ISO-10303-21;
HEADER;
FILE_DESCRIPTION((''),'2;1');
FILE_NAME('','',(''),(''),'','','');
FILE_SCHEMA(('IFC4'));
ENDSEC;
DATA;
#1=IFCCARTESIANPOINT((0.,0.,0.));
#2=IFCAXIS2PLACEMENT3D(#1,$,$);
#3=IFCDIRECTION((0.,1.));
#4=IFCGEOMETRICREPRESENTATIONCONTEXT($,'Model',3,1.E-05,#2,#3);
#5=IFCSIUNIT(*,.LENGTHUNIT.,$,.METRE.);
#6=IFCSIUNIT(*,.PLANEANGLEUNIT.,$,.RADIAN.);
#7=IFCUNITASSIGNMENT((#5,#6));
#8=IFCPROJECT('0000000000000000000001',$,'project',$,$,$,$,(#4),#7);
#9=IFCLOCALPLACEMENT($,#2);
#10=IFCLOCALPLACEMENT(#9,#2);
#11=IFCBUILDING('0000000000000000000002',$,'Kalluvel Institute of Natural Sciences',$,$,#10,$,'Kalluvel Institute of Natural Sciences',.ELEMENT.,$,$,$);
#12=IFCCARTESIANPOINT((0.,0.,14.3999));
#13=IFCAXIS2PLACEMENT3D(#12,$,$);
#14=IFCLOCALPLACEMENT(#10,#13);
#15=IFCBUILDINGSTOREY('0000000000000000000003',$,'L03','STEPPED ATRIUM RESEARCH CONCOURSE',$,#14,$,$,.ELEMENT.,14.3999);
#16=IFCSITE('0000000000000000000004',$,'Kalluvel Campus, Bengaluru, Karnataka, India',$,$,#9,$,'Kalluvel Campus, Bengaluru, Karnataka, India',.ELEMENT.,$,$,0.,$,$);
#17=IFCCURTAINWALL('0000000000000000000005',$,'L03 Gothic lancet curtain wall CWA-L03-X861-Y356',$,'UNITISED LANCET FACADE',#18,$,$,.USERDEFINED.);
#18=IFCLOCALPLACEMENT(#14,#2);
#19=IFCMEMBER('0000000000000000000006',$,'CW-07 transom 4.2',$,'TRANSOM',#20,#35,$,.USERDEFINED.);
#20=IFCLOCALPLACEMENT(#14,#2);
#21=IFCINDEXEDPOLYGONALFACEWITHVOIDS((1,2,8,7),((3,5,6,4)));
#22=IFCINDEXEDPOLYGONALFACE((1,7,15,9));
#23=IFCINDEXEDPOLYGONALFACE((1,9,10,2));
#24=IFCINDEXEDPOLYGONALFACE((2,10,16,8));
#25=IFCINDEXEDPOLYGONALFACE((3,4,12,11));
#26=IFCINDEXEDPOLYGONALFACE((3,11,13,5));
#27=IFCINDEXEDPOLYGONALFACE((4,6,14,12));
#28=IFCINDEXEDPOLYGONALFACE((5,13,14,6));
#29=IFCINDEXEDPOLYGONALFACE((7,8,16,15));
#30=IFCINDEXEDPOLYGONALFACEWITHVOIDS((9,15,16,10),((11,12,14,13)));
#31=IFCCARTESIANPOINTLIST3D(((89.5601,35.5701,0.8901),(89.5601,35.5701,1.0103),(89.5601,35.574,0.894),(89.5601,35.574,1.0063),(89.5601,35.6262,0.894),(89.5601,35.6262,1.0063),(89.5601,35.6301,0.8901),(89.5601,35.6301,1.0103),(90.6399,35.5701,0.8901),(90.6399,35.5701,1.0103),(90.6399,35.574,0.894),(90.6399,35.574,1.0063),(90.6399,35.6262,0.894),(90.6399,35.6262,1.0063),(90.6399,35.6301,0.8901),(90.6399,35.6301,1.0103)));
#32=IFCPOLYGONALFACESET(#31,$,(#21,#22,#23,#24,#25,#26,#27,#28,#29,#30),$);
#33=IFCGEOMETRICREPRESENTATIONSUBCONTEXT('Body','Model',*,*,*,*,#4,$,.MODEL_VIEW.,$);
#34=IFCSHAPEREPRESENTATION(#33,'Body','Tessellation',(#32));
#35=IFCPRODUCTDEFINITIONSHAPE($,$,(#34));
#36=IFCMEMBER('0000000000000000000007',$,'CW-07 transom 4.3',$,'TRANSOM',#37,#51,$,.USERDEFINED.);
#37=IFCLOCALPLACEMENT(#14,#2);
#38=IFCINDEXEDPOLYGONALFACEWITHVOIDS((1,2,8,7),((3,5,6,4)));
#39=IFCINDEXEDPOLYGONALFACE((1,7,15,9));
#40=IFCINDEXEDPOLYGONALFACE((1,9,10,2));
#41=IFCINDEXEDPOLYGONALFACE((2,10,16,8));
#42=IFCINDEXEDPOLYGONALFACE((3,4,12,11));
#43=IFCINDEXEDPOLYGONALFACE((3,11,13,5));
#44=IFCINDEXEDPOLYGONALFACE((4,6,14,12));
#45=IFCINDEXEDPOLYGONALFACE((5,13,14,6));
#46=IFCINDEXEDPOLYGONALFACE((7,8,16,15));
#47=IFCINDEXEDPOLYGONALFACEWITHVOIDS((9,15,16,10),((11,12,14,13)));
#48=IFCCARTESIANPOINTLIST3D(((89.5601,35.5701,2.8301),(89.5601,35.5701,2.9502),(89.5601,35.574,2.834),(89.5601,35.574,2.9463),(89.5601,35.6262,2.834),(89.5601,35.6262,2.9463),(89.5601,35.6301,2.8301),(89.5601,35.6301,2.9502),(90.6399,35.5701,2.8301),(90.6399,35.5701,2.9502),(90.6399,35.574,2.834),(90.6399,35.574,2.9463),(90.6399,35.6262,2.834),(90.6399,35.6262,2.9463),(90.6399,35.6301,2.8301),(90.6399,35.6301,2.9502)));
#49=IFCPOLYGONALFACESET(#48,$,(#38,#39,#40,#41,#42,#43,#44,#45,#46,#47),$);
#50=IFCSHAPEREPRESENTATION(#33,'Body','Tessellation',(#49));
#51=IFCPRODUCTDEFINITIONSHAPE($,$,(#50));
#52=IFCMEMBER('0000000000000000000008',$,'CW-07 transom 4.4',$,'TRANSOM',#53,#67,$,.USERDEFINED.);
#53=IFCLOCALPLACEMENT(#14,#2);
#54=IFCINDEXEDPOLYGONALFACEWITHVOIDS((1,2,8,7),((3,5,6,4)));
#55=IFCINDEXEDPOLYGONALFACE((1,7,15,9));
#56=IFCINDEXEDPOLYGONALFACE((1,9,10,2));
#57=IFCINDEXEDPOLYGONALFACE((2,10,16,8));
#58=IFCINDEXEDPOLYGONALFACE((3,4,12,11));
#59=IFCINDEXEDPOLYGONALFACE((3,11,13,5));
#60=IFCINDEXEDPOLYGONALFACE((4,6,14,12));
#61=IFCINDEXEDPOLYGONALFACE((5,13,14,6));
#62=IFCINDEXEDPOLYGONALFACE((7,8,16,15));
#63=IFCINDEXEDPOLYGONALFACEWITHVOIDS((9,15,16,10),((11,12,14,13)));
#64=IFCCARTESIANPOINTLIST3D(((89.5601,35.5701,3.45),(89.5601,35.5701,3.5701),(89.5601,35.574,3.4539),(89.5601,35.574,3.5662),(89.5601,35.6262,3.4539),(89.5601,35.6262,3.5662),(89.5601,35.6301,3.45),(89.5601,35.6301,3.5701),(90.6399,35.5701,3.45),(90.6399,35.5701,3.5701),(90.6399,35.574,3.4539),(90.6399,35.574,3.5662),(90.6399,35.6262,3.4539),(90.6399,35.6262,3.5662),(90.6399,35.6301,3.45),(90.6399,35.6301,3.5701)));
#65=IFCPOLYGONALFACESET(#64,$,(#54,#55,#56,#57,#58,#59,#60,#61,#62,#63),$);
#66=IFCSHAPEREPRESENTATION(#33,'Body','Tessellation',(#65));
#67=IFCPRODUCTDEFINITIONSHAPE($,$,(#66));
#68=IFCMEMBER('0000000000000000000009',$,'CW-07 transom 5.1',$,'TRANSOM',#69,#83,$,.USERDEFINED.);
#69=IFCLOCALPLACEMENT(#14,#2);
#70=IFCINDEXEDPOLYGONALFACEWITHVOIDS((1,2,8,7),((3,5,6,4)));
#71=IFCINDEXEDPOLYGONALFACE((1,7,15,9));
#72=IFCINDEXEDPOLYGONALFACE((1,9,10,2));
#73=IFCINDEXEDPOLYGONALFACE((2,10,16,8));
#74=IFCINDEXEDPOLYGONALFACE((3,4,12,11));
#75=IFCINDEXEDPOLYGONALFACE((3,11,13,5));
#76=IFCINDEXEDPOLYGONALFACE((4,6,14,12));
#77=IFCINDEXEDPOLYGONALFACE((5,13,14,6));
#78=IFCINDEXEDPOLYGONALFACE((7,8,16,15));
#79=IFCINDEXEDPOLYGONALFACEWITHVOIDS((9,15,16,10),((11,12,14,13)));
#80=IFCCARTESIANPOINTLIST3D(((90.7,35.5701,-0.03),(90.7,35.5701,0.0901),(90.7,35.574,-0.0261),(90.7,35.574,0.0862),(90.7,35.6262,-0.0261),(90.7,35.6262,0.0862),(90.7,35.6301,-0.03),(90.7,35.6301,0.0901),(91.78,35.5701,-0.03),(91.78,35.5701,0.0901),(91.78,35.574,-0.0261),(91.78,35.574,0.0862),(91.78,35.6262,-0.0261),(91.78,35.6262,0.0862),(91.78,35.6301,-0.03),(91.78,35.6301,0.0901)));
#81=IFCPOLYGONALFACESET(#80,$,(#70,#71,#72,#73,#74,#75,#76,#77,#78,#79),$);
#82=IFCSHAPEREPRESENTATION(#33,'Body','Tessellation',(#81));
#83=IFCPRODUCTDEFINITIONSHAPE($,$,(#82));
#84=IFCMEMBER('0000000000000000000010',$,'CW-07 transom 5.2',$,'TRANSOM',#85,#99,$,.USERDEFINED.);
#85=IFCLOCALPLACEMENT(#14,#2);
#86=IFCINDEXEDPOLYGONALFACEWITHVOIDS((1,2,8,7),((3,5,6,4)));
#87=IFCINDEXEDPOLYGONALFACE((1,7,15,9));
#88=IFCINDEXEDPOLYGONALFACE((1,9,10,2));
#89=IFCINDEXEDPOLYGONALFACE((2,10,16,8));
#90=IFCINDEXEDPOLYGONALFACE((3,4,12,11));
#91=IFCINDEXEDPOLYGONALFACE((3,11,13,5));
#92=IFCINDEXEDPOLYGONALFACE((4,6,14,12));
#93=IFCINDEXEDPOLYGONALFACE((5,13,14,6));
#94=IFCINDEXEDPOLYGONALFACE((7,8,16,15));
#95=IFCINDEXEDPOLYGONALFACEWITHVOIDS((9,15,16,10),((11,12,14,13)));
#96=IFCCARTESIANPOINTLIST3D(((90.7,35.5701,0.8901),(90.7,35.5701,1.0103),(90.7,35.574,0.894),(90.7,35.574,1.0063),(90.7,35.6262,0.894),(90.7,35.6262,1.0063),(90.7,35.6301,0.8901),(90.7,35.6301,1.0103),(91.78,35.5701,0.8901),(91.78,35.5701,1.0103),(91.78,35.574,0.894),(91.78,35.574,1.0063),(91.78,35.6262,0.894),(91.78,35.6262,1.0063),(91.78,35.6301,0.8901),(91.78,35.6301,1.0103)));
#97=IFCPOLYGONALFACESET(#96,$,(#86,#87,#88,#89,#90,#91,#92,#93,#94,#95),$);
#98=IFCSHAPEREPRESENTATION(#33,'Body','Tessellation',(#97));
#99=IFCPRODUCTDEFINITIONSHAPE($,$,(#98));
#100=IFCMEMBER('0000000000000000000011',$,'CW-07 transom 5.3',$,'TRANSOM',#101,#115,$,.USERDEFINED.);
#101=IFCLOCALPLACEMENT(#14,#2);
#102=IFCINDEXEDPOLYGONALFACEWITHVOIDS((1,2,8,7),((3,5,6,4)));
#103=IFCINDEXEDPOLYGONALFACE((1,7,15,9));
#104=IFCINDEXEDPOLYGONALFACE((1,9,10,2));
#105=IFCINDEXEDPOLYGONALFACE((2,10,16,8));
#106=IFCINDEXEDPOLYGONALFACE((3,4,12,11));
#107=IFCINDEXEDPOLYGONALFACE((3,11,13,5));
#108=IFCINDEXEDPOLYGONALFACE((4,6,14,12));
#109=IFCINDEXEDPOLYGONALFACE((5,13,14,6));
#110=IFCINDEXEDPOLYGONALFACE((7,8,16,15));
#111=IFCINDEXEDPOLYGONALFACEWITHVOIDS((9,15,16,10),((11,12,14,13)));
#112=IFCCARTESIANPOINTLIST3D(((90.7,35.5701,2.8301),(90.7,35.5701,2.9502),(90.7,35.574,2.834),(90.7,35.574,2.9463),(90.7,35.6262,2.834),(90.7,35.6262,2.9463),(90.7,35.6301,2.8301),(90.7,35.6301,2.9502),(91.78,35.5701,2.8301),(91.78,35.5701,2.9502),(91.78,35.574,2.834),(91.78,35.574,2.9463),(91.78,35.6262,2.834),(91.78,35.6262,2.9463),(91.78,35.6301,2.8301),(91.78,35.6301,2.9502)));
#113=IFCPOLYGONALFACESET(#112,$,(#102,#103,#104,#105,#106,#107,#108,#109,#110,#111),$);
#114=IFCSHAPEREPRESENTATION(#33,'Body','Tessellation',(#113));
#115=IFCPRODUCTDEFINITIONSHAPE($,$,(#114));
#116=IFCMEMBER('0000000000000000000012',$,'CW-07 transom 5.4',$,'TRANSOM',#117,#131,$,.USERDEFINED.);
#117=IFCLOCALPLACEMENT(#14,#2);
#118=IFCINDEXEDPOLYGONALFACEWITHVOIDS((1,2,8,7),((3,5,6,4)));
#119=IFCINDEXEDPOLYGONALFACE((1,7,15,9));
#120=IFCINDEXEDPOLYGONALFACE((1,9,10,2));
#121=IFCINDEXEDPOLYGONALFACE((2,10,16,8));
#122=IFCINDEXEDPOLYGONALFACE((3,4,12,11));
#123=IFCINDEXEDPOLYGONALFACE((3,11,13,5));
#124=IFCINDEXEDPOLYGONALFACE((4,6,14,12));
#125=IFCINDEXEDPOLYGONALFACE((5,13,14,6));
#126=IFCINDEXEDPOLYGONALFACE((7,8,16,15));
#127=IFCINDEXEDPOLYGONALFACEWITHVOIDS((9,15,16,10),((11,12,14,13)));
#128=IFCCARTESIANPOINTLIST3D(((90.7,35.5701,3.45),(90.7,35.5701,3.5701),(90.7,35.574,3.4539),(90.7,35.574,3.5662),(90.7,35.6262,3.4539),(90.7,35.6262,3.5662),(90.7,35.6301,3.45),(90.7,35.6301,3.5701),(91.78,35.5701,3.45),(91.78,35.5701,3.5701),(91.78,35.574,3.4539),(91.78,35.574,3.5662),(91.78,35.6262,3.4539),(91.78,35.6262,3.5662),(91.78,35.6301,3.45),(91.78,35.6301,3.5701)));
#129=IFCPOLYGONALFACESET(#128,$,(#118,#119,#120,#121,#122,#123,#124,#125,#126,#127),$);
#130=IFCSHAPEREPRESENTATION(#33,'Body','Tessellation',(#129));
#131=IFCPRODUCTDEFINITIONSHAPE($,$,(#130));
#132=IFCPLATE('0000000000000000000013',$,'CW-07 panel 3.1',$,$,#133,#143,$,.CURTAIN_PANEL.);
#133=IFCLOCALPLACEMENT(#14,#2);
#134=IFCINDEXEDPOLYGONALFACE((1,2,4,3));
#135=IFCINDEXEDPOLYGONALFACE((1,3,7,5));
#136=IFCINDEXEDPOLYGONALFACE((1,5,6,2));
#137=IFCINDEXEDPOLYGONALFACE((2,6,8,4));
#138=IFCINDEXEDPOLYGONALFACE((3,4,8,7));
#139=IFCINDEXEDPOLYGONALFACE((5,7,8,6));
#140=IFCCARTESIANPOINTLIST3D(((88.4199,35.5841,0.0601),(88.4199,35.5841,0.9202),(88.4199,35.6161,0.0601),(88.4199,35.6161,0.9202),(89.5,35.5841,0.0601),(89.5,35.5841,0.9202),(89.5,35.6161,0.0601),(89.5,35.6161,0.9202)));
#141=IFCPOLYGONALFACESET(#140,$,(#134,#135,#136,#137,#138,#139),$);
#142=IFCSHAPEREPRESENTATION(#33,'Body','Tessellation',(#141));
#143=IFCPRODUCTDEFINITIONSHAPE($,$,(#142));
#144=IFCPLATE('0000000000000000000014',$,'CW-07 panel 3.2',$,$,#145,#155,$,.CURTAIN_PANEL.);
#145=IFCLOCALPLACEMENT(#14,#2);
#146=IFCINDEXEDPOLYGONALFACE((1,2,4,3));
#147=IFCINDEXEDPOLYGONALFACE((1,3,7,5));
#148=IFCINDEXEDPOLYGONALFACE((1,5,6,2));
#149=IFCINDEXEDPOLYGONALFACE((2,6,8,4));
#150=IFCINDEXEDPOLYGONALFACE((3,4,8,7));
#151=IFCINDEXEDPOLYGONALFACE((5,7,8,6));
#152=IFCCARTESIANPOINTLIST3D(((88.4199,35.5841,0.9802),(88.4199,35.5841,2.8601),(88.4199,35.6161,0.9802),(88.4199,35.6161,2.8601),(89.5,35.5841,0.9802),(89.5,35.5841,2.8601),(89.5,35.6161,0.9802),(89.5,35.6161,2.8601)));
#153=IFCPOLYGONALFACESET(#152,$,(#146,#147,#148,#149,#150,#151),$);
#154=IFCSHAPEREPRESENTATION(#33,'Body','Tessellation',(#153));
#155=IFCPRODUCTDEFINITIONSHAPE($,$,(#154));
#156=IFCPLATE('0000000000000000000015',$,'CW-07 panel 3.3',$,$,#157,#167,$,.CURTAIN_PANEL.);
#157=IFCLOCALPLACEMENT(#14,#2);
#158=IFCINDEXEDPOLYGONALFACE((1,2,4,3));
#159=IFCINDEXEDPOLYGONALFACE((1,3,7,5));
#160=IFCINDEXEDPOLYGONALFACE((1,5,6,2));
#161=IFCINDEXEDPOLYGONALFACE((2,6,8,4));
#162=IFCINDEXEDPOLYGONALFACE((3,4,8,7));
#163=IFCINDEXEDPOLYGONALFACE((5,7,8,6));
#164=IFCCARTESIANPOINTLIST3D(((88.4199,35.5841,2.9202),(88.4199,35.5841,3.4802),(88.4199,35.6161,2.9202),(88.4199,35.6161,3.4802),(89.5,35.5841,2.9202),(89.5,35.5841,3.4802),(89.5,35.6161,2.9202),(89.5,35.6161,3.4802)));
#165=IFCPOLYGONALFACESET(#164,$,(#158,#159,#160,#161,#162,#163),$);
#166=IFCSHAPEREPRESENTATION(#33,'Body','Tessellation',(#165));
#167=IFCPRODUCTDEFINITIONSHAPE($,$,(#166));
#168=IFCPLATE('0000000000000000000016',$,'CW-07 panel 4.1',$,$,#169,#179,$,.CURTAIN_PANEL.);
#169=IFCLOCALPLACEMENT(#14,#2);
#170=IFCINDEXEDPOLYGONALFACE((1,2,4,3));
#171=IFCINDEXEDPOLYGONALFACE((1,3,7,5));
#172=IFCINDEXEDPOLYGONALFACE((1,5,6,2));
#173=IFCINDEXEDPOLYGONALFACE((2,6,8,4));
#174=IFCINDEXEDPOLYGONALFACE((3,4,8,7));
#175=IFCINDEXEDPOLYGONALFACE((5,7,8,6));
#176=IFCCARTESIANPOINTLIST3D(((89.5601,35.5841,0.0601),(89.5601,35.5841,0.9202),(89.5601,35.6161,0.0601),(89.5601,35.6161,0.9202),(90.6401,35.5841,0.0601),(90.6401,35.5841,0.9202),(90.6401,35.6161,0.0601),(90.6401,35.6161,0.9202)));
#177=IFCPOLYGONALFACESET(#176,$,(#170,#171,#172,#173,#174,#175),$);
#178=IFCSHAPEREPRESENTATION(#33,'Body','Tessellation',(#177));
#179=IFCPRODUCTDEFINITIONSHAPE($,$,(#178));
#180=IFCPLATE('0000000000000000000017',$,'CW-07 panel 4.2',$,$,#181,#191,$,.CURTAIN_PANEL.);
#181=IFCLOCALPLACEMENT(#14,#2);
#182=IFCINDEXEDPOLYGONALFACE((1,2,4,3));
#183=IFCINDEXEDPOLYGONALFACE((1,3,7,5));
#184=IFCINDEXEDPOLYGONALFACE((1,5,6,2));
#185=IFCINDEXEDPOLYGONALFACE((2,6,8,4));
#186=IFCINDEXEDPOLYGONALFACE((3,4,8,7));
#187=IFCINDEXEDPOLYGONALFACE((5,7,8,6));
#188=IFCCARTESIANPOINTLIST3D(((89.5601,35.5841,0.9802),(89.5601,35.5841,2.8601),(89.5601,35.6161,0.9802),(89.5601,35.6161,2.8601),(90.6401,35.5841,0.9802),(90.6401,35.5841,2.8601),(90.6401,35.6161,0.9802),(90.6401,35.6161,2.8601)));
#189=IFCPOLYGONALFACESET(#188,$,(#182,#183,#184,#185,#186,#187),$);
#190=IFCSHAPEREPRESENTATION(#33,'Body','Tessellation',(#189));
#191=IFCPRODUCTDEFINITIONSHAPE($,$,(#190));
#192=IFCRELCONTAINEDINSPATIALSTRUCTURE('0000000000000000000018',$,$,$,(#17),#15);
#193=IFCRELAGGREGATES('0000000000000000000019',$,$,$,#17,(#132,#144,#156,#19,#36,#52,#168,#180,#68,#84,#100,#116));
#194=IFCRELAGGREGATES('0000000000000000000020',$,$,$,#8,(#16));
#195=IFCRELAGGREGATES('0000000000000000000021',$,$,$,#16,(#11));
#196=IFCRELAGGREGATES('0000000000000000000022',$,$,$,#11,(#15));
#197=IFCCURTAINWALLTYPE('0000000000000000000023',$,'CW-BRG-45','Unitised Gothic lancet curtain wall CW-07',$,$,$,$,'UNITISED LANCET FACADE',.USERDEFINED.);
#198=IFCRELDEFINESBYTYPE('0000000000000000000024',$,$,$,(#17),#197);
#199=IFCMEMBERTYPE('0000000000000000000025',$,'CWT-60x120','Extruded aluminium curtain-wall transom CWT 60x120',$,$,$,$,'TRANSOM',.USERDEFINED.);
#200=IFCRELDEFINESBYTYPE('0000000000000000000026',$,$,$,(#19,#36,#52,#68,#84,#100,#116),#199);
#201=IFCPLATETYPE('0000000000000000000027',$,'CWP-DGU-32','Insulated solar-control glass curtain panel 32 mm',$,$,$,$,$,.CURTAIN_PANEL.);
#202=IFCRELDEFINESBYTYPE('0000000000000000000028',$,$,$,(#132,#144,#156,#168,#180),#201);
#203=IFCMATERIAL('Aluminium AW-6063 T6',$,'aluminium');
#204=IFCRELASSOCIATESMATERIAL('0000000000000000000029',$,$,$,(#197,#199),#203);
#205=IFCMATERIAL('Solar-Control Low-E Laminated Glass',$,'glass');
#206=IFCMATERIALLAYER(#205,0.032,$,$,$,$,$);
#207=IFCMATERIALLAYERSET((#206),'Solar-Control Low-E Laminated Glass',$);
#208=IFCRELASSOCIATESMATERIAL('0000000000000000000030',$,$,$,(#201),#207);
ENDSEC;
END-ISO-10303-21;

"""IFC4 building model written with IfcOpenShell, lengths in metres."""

from ifc_helpers import new_model, si_unit, direction, frame, origin, origin_2d, place, context, subcontext, project, spatial, rectangle, hollow_rectangle, extrude, material, layer, layer_set, material_profile, profile_set, type_object, element, aggregate, save


model = new_model("IFC4")

# Units and contexts
model_context = context("Model", 3, precision=1e-05, world=origin(), true_north=direction((0.0, 1.0)))
body_context = subcontext(model_context, "Body", "Model", "MODEL_VIEW")
ifc_project = project(units=[si_unit("LENGTHUNIT", "METRE"), si_unit("PLANEANGLEUNIT", "RADIAN")], contexts=[model_context])

# Site, building, storey
site_placement = place(None, origin())
site = spatial("IfcSite", under=ifc_project, at=site_placement, Name="Kalluvel Campus, Bengaluru, Karnataka, India", LongName="Kalluvel Campus, Bengaluru, Karnataka, India", CompositionType="ELEMENT", RefElevation=0.0)
building_placement = place(site_placement, origin())
building = spatial("IfcBuilding", under=site, at=building_placement, Name="Kalluvel Institute of Natural Sciences", LongName="Kalluvel Institute of Natural Sciences", CompositionType="ELEMENT")
storey_placement = place(building_placement, frame((0.0, 0.0, 14.3999)))
storey = spatial("IfcBuildingStorey", under=building, at=storey_placement, Name="L03", Description="STEPPED ATRIUM RESEARCH CONCOURSE", CompositionType="ELEMENT", Elevation=14.3999)

# Curtain wall, members, plates
ifc_material_1 = material(Name="Aluminium AW-6063 T6", Category="aluminium")
curtain_wall_type = type_object("IfcCurtainWallType", Name="CW-BRG-45", Description="Unitised Gothic lancet curtain wall CW-07", ElementType="UNITISED LANCET FACADE", PredefinedType="USERDEFINED", material=ifc_material_1)
curtain_wall_placement = place(storey_placement, origin())
curtain_wall = element("IfcCurtainWall", 1, at=curtain_wall_placement, inside=storey, type_object=curtain_wall_type, Name="L03 Gothic lancet curtain wall CWA-L03-X861-Y356", ObjectType="UNITISED LANCET FACADE", PredefinedType="USERDEFINED")
ifc_material_profile_1 = material_profile(ifc_material_1, hollow_rectangle(XDim=0.0601, YDim=0.1201, WallThickness=0.0039, at=origin_2d()), Name="CWT 60x120")
ifc_profile_set_1 = profile_set([ifc_material_profile_1], Name="Aluminium AW-6063 T6")
member_type_1 = type_object("IfcMemberType", Name="CWT-60x120", Description="Extruded aluminium curtain-wall transom CWT 60x120", ElementType="TRANSOM", PredefinedType="USERDEFINED", material=ifc_profile_set_1)
member_1_placement = place(storey_placement, frame((89.5601, 35.6001, 0.9502), z_axis=(1.0, 0.0, 0.0), x_axis=(0.0, 1.0, 0.0)))
member_1 = element("IfcMember", 2, at=member_1_placement, type_object=member_type_1, Name="CW-07 transom 4.2", ObjectType="TRANSOM", PredefinedType="USERDEFINED", context=body_context, shape_type="SweptSolid", body=[
    extrude(hollow_rectangle(XDim=0.0601, YDim=0.1201, WallThickness=0.0039, at=origin_2d()), origin(), (0.0, 0.0, 1.0), 1.0798),
])
member_2_placement = place(storey_placement, frame((89.5601, 35.6001, 2.8901), z_axis=(1.0, 0.0, 0.0), x_axis=(0.0, 1.0, 0.0)))
member_2 = element("IfcMember", 3, at=member_2_placement, type_object=member_type_1, Name="CW-07 transom 4.3", ObjectType="TRANSOM", PredefinedType="USERDEFINED", context=body_context, shape_type="SweptSolid", body=[
    extrude(hollow_rectangle(XDim=0.0601, YDim=0.1201, WallThickness=0.0039, at=origin_2d()), origin(), (0.0, 0.0, 1.0), 1.0798),
])
member_3_placement = place(storey_placement, frame((89.5601, 35.6001, 3.51), z_axis=(1.0, 0.0, 0.0), x_axis=(0.0, 1.0, 0.0)))
member_3 = element("IfcMember", 4, at=member_3_placement, type_object=member_type_1, Name="CW-07 transom 4.4", ObjectType="TRANSOM", PredefinedType="USERDEFINED", context=body_context, shape_type="SweptSolid", body=[
    extrude(hollow_rectangle(XDim=0.0601, YDim=0.1201, WallThickness=0.0039, at=origin_2d()), origin(), (0.0, 0.0, 1.0), 1.0798),
])
member_4_placement = place(storey_placement, frame((90.7, 35.6001, 0.03), z_axis=(1.0, 0.0, 0.0), x_axis=(0.0, 1.0, 0.0)))
member_4 = element("IfcMember", 5, at=member_4_placement, type_object=member_type_1, Name="CW-07 transom 5.1", ObjectType="TRANSOM", PredefinedType="USERDEFINED", context=body_context, shape_type="SweptSolid", body=[
    extrude(hollow_rectangle(XDim=0.0601, YDim=0.1201, WallThickness=0.0039, at=origin_2d()), origin(), (0.0, 0.0, 1.0), 1.0801),
])
member_5_placement = place(storey_placement, frame((90.7, 35.6001, 0.9502), z_axis=(1.0, 0.0, 0.0), x_axis=(0.0, 1.0, 0.0)))
member_5 = element("IfcMember", 6, at=member_5_placement, type_object=member_type_1, Name="CW-07 transom 5.2", ObjectType="TRANSOM", PredefinedType="USERDEFINED", context=body_context, shape_type="SweptSolid", body=[
    extrude(hollow_rectangle(XDim=0.0601, YDim=0.1201, WallThickness=0.0039, at=origin_2d()), origin(), (0.0, 0.0, 1.0), 1.0801),
])
member_6_placement = place(storey_placement, frame((90.7, 35.6001, 2.8901), z_axis=(1.0, 0.0, 0.0), x_axis=(0.0, 1.0, 0.0)))
member_6 = element("IfcMember", 7, at=member_6_placement, type_object=member_type_1, Name="CW-07 transom 5.3", ObjectType="TRANSOM", PredefinedType="USERDEFINED", context=body_context, shape_type="SweptSolid", body=[
    extrude(hollow_rectangle(XDim=0.0601, YDim=0.1201, WallThickness=0.0039, at=origin_2d()), origin(), (0.0, 0.0, 1.0), 1.0801),
])
member_7_placement = place(storey_placement, frame((90.7, 35.6001, 3.51), z_axis=(1.0, 0.0, 0.0), x_axis=(0.0, 1.0, 0.0)))
member_7 = element("IfcMember", 8, at=member_7_placement, type_object=member_type_1, Name="CW-07 transom 5.4", ObjectType="TRANSOM", PredefinedType="USERDEFINED", context=body_context, shape_type="SweptSolid", body=[
    extrude(hollow_rectangle(XDim=0.0601, YDim=0.1201, WallThickness=0.0039, at=origin_2d()), origin(), (0.0, 0.0, 1.0), 1.0801),
])
ifc_material_2 = material(Name="Solar-Control Low-E Laminated Glass", Category="glass")
ifc_layer_1 = layer(ifc_material_2, 0.032)
ifc_layer_set_1 = layer_set([ifc_layer_1], Name="Solar-Control Low-E Laminated Glass")
plate_type_1 = type_object("IfcPlateType", Name="CWP-DGU-32", Description="Insulated solar-control glass curtain panel 32 mm", PredefinedType="CURTAIN_PANEL", material=ifc_layer_set_1)
plate_1_placement = place(storey_placement, frame((88.96, 35.6001, 0.0601), z_axis=(0.0, 0.0, 1.0), x_axis=(1.0, 0.0, 0.0)))
plate_1 = element("IfcPlate", 9, at=plate_1_placement, type_object=plate_type_1, Name="CW-07 panel 3.1", PredefinedType="CURTAIN_PANEL", context=body_context, shape_type="SweptSolid", body=[
    extrude(rectangle(XDim=1.0801, YDim=0.032, at=origin_2d()), origin(), (0.0, 0.0, 1.0), 0.8601),
])
plate_2_placement = place(storey_placement, frame((88.96, 35.6001, 0.9802), z_axis=(0.0, 0.0, 1.0), x_axis=(1.0, 0.0, 0.0)))
plate_2 = element("IfcPlate", 10, at=plate_2_placement, type_object=plate_type_1, Name="CW-07 panel 3.2", PredefinedType="CURTAIN_PANEL", context=body_context, shape_type="SweptSolid", body=[
    extrude(rectangle(XDim=1.0801, YDim=0.032, at=origin_2d()), origin(), (0.0, 0.0, 1.0), 1.8799),
])
plate_3_placement = place(storey_placement, frame((88.96, 35.6001, 2.9202), z_axis=(0.0, 0.0, 1.0), x_axis=(1.0, 0.0, 0.0)))
plate_3 = element("IfcPlate", 11, at=plate_3_placement, type_object=plate_type_1, Name="CW-07 panel 3.3", PredefinedType="CURTAIN_PANEL", context=body_context, shape_type="SweptSolid", body=[
    extrude(rectangle(XDim=1.0801, YDim=0.032, at=origin_2d()), origin(), (0.0, 0.0, 1.0), 0.5601),
])
plate_4_placement = place(storey_placement, frame((90.1001, 35.6001, 0.0601), z_axis=(0.0, 0.0, 1.0), x_axis=(1.0, 0.0, 0.0)))
plate_4 = element("IfcPlate", 12, at=plate_4_placement, type_object=plate_type_1, Name="CW-07 panel 4.1", PredefinedType="CURTAIN_PANEL", context=body_context, shape_type="SweptSolid", body=[
    extrude(rectangle(XDim=1.0801, YDim=0.032, at=origin_2d()), origin(), (0.0, 0.0, 1.0), 0.8601),
])
plate_5_placement = place(storey_placement, frame((90.1001, 35.6001, 0.9802), z_axis=(0.0, 0.0, 1.0), x_axis=(1.0, 0.0, 0.0)))
plate_5 = element("IfcPlate", 13, at=plate_5_placement, type_object=plate_type_1, Name="CW-07 panel 4.2", PredefinedType="CURTAIN_PANEL", context=body_context, shape_type="SweptSolid", body=[
    extrude(rectangle(XDim=1.0801, YDim=0.032, at=origin_2d()), origin(), (0.0, 0.0, 1.0), 1.8799),
])
aggregate(curtain_wall, [plate_1, plate_2, plate_3, member_1, member_2, member_3, plate_4, plate_5, member_4, member_5, member_6, member_7])

save(model, "model.ifc")
